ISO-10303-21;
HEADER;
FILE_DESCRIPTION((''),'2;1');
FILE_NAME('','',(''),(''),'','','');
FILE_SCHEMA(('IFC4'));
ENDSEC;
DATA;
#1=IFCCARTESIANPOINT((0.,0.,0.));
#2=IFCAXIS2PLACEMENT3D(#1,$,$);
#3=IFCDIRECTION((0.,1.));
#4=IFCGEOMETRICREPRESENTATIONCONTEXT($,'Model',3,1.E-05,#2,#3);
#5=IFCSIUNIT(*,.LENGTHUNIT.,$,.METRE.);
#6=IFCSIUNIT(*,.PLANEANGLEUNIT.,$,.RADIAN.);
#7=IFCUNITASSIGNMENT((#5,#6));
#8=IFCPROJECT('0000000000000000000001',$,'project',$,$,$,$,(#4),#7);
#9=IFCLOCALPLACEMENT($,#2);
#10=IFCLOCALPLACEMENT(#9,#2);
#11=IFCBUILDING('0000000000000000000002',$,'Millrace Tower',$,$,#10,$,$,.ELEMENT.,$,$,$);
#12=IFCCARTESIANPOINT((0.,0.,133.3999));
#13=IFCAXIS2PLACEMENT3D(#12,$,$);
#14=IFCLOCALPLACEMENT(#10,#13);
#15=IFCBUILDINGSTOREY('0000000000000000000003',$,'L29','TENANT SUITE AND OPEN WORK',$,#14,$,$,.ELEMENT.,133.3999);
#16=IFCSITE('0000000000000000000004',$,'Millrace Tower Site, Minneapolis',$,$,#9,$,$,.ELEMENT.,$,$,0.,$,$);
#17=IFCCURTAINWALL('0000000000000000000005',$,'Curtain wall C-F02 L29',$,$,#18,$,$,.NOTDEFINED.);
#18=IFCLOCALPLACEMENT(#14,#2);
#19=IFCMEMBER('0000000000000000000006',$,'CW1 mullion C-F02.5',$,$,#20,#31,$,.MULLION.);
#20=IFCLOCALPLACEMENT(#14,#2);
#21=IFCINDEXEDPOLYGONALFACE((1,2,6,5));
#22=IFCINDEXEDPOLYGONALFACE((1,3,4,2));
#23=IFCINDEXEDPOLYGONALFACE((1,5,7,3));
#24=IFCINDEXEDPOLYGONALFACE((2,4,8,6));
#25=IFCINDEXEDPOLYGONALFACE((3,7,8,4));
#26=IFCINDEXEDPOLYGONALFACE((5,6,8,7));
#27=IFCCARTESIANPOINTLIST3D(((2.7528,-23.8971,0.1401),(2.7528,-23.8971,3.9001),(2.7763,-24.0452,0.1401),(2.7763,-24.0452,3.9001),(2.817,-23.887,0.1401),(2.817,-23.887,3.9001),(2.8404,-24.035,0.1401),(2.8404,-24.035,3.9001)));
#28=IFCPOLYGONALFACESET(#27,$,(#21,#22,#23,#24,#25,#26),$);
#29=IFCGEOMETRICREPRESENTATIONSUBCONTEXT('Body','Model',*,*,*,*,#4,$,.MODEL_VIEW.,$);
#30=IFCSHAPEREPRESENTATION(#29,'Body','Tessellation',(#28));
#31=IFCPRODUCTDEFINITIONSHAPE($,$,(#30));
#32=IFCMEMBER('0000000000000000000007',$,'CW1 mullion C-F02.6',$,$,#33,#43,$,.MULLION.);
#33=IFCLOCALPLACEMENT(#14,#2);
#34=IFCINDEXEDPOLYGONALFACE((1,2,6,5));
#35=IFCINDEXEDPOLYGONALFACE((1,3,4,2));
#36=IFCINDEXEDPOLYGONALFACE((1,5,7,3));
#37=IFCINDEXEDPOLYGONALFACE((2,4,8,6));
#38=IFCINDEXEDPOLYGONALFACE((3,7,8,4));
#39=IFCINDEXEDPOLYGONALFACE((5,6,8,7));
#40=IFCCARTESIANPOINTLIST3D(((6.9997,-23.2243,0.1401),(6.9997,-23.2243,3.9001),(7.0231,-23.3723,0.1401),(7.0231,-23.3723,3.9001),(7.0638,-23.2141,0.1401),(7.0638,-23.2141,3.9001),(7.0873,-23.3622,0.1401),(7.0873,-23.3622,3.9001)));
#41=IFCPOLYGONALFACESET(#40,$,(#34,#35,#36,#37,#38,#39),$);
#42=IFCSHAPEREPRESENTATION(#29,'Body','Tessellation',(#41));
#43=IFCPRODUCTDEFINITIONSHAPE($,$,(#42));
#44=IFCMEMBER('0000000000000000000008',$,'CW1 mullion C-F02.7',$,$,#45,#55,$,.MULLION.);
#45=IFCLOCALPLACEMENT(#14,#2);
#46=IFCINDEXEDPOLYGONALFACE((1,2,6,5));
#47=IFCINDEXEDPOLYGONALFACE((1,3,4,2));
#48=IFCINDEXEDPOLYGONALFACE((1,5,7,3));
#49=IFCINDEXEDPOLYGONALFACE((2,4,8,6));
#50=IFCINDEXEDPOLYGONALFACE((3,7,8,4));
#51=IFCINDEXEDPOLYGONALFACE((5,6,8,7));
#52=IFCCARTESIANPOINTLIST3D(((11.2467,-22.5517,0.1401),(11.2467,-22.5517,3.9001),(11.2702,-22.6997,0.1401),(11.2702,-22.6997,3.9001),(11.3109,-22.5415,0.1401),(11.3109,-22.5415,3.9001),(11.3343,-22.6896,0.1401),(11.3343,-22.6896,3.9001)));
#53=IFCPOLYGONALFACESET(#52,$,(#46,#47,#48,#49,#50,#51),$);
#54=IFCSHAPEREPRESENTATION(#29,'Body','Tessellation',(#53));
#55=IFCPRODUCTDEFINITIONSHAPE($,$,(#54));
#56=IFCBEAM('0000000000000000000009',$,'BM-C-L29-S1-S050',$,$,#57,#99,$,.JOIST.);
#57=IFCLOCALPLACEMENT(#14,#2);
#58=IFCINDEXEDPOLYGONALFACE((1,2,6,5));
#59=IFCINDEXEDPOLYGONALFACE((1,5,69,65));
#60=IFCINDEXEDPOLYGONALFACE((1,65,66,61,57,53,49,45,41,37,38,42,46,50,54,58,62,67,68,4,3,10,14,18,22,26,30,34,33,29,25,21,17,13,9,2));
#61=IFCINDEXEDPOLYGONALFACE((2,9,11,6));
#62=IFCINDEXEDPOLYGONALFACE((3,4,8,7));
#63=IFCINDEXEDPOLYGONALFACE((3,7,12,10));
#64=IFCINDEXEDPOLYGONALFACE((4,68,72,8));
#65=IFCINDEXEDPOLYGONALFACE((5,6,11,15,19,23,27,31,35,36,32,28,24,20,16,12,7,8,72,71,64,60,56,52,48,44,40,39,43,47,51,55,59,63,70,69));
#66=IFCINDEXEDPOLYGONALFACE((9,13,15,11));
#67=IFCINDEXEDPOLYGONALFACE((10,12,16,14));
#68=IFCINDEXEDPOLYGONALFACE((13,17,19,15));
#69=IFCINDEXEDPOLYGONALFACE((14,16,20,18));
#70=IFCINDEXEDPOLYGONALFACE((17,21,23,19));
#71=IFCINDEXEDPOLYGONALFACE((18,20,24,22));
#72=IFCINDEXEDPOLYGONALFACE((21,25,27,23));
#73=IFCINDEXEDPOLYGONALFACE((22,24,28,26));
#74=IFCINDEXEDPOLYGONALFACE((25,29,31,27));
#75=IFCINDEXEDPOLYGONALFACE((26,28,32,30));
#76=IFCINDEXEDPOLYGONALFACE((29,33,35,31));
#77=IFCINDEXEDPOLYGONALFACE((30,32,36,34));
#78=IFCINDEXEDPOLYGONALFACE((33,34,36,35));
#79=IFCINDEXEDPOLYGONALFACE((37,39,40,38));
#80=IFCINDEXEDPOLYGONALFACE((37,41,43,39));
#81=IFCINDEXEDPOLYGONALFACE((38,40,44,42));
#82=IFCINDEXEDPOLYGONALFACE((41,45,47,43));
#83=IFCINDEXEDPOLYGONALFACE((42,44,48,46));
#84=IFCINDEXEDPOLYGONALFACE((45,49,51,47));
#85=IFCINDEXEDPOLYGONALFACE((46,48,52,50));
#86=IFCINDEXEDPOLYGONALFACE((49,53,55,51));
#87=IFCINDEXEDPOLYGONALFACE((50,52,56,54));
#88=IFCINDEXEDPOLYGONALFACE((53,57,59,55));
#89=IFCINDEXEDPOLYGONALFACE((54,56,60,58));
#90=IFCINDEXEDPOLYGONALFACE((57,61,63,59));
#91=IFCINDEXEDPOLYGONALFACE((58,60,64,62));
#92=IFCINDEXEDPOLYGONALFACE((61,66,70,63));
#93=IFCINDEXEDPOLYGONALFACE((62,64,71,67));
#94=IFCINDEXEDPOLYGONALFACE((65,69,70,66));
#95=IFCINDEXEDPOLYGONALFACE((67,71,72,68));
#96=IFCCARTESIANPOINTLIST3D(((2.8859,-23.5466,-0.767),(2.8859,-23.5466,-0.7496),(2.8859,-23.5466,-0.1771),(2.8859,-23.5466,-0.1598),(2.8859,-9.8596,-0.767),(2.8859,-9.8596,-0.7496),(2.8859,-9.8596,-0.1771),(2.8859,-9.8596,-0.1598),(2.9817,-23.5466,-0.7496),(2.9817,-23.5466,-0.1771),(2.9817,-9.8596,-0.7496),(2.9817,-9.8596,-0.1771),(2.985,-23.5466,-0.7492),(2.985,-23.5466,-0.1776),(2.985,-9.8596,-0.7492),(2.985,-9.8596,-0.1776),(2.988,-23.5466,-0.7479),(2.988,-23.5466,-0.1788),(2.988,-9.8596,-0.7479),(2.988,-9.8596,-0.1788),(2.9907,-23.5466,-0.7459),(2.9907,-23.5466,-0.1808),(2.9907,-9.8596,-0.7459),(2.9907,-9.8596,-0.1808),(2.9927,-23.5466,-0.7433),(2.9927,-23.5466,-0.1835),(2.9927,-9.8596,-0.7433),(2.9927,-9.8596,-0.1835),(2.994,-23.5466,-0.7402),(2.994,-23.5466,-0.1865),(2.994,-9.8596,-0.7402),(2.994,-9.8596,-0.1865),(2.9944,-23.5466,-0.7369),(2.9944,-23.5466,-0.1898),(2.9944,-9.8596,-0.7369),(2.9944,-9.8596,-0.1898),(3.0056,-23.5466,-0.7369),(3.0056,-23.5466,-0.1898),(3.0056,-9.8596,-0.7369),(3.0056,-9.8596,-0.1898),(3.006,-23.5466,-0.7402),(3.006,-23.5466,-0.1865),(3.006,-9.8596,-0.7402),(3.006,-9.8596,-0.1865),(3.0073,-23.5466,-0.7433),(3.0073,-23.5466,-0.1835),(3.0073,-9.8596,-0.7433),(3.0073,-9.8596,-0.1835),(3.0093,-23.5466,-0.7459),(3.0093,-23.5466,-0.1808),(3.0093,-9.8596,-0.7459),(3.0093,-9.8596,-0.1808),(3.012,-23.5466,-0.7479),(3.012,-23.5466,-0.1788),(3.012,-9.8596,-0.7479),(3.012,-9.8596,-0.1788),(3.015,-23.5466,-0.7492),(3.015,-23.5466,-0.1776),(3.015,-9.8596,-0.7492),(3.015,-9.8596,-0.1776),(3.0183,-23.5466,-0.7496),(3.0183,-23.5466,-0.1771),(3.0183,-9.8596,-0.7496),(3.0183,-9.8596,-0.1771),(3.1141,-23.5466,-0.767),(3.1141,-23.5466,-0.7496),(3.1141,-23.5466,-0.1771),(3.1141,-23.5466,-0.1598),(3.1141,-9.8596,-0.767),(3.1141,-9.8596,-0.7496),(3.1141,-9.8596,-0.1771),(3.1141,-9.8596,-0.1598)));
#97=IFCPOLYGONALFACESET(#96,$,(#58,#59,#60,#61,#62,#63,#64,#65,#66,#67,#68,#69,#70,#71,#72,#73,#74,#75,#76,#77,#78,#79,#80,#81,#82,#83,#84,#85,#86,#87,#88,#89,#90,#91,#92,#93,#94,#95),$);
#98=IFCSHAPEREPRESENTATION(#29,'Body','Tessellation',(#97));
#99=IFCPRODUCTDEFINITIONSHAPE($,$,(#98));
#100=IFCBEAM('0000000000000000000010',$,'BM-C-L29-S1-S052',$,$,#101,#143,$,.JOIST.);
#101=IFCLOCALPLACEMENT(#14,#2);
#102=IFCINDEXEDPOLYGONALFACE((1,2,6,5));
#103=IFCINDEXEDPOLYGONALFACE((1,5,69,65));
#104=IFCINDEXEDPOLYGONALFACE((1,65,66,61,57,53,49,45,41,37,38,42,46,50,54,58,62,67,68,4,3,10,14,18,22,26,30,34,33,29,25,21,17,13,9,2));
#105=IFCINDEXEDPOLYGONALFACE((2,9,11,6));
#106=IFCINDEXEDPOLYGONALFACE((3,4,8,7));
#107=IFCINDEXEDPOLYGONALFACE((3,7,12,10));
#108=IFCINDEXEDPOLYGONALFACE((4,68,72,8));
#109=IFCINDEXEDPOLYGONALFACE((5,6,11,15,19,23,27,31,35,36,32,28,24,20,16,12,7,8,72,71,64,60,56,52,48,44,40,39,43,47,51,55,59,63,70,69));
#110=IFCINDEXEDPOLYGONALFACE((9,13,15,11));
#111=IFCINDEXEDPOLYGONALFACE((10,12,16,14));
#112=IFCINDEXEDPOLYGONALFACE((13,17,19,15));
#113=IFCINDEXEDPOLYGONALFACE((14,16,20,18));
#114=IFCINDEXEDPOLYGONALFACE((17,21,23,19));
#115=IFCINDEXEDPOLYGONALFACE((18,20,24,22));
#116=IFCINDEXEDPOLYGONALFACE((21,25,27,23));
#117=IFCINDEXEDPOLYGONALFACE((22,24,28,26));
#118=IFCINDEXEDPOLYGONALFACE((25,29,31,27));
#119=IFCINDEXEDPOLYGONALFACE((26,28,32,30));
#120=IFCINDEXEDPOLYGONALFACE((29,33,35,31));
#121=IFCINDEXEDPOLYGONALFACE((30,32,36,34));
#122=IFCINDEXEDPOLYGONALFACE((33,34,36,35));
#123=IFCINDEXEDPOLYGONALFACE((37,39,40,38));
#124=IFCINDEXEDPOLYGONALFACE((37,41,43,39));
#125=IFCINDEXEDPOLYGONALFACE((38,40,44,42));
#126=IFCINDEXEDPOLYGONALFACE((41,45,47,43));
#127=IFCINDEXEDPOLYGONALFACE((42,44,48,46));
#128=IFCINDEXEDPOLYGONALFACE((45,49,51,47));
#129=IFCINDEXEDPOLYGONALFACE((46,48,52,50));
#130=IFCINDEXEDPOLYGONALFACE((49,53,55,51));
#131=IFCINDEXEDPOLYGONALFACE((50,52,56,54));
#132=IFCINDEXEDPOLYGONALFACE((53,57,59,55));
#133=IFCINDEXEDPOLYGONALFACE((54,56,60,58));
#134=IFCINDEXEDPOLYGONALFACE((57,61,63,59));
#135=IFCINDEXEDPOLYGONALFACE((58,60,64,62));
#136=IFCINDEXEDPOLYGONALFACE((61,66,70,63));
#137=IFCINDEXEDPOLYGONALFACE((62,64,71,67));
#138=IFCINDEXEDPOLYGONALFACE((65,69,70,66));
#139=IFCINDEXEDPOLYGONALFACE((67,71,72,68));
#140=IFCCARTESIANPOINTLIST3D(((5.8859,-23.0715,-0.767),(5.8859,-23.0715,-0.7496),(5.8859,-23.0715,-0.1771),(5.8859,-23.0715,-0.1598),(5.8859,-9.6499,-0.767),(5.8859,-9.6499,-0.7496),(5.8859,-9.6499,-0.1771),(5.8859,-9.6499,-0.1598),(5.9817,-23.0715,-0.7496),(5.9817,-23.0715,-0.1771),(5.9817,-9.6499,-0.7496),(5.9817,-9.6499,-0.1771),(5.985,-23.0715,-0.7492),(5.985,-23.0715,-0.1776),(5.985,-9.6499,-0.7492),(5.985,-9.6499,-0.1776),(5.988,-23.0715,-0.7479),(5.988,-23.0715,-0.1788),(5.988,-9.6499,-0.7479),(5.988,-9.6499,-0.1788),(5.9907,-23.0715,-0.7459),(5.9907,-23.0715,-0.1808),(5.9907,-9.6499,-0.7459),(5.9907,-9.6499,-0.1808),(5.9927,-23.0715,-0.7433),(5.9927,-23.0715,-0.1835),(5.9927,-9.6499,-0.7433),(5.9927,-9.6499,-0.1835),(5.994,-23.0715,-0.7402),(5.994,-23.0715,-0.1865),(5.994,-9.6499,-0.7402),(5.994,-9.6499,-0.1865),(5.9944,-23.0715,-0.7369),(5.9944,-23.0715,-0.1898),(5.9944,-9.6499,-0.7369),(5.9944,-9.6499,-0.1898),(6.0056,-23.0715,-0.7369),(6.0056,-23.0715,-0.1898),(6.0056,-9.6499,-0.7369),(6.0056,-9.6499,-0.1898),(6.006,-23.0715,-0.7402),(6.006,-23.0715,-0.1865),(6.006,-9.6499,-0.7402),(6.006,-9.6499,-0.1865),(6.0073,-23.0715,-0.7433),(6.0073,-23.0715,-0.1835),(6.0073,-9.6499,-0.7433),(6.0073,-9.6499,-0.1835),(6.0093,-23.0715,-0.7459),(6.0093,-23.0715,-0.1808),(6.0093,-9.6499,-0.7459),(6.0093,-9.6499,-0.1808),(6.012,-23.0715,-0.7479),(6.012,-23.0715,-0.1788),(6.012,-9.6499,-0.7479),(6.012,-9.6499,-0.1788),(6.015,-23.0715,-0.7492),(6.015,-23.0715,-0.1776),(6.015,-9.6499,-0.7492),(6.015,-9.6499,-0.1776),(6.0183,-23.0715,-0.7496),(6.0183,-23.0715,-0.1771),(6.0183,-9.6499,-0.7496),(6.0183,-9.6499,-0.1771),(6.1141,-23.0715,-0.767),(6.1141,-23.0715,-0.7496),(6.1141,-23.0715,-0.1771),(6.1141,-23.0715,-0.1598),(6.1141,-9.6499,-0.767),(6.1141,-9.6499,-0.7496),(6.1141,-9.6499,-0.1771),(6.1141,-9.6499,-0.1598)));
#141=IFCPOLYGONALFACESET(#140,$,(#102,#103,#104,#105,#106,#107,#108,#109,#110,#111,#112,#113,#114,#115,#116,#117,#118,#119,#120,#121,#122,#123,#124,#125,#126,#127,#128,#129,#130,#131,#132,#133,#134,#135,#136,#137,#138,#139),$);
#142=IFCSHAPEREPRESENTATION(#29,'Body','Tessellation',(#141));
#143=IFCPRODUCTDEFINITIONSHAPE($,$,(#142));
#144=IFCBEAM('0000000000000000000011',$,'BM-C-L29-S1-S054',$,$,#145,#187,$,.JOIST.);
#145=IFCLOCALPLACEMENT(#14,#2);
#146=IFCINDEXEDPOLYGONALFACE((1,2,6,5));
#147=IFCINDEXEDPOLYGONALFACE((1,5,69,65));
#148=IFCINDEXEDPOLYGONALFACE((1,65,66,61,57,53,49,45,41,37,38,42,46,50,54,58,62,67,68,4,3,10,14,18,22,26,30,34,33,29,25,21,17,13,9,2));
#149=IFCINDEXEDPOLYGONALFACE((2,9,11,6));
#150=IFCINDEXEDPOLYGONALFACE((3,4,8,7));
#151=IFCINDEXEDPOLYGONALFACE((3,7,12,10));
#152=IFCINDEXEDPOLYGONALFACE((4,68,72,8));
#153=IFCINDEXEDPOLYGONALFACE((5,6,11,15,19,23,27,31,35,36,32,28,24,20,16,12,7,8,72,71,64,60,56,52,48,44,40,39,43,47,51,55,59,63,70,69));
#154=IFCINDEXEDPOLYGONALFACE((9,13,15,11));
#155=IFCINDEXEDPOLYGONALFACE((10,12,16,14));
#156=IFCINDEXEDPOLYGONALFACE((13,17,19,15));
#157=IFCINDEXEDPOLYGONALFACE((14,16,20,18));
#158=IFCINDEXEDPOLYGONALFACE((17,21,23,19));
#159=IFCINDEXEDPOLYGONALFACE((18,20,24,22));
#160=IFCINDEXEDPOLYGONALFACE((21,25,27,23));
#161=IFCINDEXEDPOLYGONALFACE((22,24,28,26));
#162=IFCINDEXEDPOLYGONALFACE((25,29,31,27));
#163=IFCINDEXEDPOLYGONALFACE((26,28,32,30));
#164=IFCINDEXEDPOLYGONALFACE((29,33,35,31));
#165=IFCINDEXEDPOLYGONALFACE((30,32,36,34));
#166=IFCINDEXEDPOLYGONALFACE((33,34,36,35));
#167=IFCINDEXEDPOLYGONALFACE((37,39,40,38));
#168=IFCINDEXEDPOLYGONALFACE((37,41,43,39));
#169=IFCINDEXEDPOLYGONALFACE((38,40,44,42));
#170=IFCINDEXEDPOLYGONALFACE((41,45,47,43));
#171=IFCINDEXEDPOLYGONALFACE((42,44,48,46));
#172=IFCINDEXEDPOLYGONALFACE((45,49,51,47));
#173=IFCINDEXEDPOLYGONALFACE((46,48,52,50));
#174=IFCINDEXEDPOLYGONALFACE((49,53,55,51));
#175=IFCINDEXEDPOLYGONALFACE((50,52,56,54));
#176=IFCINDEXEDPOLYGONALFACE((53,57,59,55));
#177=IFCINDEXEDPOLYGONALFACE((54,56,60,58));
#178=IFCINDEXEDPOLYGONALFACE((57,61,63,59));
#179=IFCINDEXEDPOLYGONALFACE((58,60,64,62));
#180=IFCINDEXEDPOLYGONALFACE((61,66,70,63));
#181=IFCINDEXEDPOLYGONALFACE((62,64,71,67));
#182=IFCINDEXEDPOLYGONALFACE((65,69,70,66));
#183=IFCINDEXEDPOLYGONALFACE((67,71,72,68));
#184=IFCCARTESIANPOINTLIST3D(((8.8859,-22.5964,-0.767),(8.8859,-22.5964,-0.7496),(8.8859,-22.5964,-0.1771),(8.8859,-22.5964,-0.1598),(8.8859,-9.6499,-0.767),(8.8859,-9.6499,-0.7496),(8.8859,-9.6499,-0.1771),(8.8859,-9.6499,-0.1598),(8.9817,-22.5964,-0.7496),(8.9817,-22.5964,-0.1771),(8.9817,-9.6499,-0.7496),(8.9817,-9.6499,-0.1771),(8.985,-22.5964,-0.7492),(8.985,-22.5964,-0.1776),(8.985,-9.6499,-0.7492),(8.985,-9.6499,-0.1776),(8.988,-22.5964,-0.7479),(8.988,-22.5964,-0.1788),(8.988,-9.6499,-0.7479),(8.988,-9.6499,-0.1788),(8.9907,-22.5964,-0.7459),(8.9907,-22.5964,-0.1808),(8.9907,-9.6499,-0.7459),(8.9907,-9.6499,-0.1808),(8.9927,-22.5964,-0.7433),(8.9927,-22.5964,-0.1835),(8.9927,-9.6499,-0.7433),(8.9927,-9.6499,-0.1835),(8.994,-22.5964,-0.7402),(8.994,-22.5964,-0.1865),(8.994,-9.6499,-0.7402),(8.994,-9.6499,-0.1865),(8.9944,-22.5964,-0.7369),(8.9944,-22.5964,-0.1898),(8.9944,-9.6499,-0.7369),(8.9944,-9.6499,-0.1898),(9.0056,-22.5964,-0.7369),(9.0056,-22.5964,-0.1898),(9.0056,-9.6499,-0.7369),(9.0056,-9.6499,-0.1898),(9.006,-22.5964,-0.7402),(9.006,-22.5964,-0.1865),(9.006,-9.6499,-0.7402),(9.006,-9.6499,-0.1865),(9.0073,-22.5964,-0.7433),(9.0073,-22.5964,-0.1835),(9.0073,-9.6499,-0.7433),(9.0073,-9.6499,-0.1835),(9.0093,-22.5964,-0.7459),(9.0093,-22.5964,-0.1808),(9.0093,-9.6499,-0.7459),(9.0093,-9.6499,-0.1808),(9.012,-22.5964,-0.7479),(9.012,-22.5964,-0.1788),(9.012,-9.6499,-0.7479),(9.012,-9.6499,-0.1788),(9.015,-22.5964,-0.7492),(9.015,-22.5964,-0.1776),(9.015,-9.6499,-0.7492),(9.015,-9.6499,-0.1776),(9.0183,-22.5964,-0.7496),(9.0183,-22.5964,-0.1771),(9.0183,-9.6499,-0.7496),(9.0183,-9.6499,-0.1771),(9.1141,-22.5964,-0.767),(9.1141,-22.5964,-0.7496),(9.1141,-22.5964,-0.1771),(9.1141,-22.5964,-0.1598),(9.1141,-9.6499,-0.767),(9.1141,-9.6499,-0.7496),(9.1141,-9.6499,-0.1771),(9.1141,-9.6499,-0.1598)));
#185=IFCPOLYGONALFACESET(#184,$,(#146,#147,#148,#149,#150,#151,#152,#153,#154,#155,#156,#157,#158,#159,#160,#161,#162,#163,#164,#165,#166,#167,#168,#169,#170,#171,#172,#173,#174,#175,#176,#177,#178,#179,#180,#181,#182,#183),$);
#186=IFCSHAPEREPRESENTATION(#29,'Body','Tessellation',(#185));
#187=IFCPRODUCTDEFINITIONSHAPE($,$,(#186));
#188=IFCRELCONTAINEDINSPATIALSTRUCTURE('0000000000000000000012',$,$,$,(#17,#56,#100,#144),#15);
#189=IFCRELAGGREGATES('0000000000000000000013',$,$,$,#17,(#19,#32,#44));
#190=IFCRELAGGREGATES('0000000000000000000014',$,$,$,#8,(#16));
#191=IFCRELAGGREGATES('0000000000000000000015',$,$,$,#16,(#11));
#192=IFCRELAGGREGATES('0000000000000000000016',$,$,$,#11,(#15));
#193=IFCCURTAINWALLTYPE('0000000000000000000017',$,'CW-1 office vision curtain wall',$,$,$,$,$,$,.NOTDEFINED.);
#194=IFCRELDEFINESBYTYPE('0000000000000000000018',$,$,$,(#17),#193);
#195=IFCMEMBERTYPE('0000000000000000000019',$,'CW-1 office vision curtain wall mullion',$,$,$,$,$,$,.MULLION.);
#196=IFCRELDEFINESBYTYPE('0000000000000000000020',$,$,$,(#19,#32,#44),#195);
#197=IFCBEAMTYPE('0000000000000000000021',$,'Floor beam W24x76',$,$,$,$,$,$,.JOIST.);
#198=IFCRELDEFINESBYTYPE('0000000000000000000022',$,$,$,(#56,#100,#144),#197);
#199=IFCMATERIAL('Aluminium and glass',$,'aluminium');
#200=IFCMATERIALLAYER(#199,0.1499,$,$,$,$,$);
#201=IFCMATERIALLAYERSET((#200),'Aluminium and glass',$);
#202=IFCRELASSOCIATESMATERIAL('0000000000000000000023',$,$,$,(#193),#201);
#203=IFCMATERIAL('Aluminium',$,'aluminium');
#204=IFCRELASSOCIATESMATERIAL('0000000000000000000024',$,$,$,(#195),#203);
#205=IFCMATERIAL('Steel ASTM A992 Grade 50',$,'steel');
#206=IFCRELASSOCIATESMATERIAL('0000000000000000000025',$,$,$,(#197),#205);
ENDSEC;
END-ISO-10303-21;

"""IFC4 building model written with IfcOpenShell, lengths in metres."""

from ifc_helpers import new_model, si_unit, direction, frame, origin, origin_2d, place, context, subcontext, project, spatial, rectangle, i_section, extrude, material, layer, layer_set, material_profile, profile_set, type_object, element, aggregate, save


model = new_model("IFC4")

# Units and contexts
model_context = context("Model", 3, precision=1e-05, world=origin(), true_north=direction((0.0, 1.0)))
body_context = subcontext(model_context, "Body", "Model", "MODEL_VIEW")
ifc_project = project(units=[si_unit("LENGTHUNIT", "METRE"), si_unit("PLANEANGLEUNIT", "RADIAN")], contexts=[model_context])

# Site, building, storey
site_placement = place(None, origin())
site = spatial("IfcSite", under=ifc_project, at=site_placement, Name="Millrace Tower Site, Minneapolis", CompositionType="ELEMENT", RefElevation=0.0)
building_placement = place(site_placement, origin())
building = spatial("IfcBuilding", under=site, at=building_placement, Name="Millrace Tower", CompositionType="ELEMENT")
storey_placement = place(building_placement, frame((0.0, 0.0, 133.3999)))
storey = spatial("IfcBuildingStorey", under=building, at=storey_placement, Name="L29", Description="TENANT SUITE AND OPEN WORK", CompositionType="ELEMENT", Elevation=133.3999)

# Curtain wall, members
ifc_material_1 = material(Name="Aluminium and glass", Category="aluminium")
ifc_layer_1 = layer(ifc_material_1, 0.1499)
ifc_layer_set_1 = layer_set([ifc_layer_1], Name="Aluminium and glass")
curtain_wall_type = type_object("IfcCurtainWallType", Name="CW-1 office vision curtain wall", PredefinedType="NOTDEFINED", material=ifc_layer_set_1)
placement = place(storey_placement, origin())
curtain_wall = element("IfcCurtainWall", 1, at=placement, inside=storey, type_object=curtain_wall_type, Name="Curtain wall C-F02 L29", PredefinedType="NOTDEFINED")
ifc_material_2 = material(Name="Aluminium", Category="aluminium")
ifc_material_profile_1 = material_profile(ifc_material_2, rectangle(XDim=0.0649, YDim=0.1499, at=origin_2d()))
ifc_profile_set_1 = profile_set([ifc_material_profile_1], Name="Aluminium")
member_type = type_object("IfcMemberType", Name="CW-1 office vision curtain wall mullion", PredefinedType="MULLION", material=ifc_profile_set_1)
member_1_placement = place(storey_placement, frame((2.7966, -23.9661, 0.1401), z_axis=(0.0, 0.0, 1.0), x_axis=(0.987688, 0.156434, 0.0)))
member_1 = element("IfcMember", 2, at=member_1_placement, type_object=member_type, Name="CW1 mullion C-F02.5", PredefinedType="MULLION", context=body_context, shape_type="SweptSolid", body=[
    extrude(rectangle(XDim=0.0649, YDim=0.1499, at=origin_2d()), origin(), (0.0, 0.0, 1.0), 3.76),
])
member_2_placement = place(storey_placement, frame((7.0435, -23.2932, 0.1401), z_axis=(0.0, 0.0, 1.0), x_axis=(0.987688, 0.156434, 0.0)))
member_2 = element("IfcMember", 3, at=member_2_placement, type_object=member_type, Name="CW1 mullion C-F02.6", PredefinedType="MULLION", context=body_context, shape_type="SweptSolid", body=[
    extrude(rectangle(XDim=0.0649, YDim=0.1499, at=origin_2d()), origin(), (0.0, 0.0, 1.0), 3.76),
])
member_3_placement = place(storey_placement, frame((11.2905, -22.6206, 0.1401), z_axis=(0.0, 0.0, 1.0), x_axis=(0.987688, 0.156434, 0.0)))
member_3 = element("IfcMember", 4, at=member_3_placement, type_object=member_type, Name="CW1 mullion C-F02.7", PredefinedType="MULLION", context=body_context, shape_type="SweptSolid", body=[
    extrude(rectangle(XDim=0.0649, YDim=0.1499, at=origin_2d()), origin(), (0.0, 0.0, 1.0), 3.76),
])
aggregate(curtain_wall, [member_1, member_2, member_3])

# Beams
ifc_material_3 = material(Name="Steel ASTM A992 Grade 50", Category="steel")
ifc_material_profile_2 = material_profile(ifc_material_3, i_section(OverallWidth=0.2283, OverallDepth=0.6072, WebThickness=0.0112, FlangeThickness=0.0173, FilletRadius=0.0127, at=origin_2d()))
ifc_profile_set_2 = profile_set([ifc_material_profile_2], Name="Steel ASTM A992 Grade 50")
beam_type_1 = type_object("IfcBeamType", Name="Floor beam W24x76", PredefinedType="JOIST", material=ifc_profile_set_2)
beam_1_placement = place(storey_placement, frame((3.0, -23.5466, -0.4634), z_axis=(0.0, 1.0, 0.0), x_axis=(-1.0, 0.0, 0.0)))
element("IfcBeam", 5, at=beam_1_placement, inside=storey, type_object=beam_type_1, Name="BM-C-L29-S1-S050", PredefinedType="JOIST", context=body_context, shape_type="SweptSolid", body=[
    extrude(i_section(OverallWidth=0.2283, OverallDepth=0.6072, WebThickness=0.0112, FlangeThickness=0.0173, FilletRadius=0.0127, at=origin_2d()), origin(), (0.0, 0.0, 1.0), 13.687),
])
beam_2_placement = place(storey_placement, frame((6.0, -23.0715, -0.4634), z_axis=(0.0, 1.0, 0.0), x_axis=(-1.0, 0.0, 0.0)))
element("IfcBeam", 6, at=beam_2_placement, inside=storey, type_object=beam_type_1, Name="BM-C-L29-S1-S052", PredefinedType="JOIST", context=body_context, shape_type="SweptSolid", body=[
    extrude(i_section(OverallWidth=0.2283, OverallDepth=0.6072, WebThickness=0.0112, FlangeThickness=0.0173, FilletRadius=0.0127, at=origin_2d()), origin(), (0.0, 0.0, 1.0), 13.4216),
])
beam_3_placement = place(storey_placement, frame((9.0, -22.5964, -0.4634), z_axis=(0.0, 1.0, 0.0), x_axis=(-1.0, 0.0, 0.0)))
element("IfcBeam", 7, at=beam_3_placement, inside=storey, type_object=beam_type_1, Name="BM-C-L29-S1-S054", PredefinedType="JOIST", context=body_context, shape_type="SweptSolid", body=[
    extrude(i_section(OverallWidth=0.2283, OverallDepth=0.6072, WebThickness=0.0112, FlangeThickness=0.0173, FilletRadius=0.0127, at=origin_2d()), origin(), (0.0, 0.0, 1.0), 12.9465),
])

save(model, "model.ifc")
